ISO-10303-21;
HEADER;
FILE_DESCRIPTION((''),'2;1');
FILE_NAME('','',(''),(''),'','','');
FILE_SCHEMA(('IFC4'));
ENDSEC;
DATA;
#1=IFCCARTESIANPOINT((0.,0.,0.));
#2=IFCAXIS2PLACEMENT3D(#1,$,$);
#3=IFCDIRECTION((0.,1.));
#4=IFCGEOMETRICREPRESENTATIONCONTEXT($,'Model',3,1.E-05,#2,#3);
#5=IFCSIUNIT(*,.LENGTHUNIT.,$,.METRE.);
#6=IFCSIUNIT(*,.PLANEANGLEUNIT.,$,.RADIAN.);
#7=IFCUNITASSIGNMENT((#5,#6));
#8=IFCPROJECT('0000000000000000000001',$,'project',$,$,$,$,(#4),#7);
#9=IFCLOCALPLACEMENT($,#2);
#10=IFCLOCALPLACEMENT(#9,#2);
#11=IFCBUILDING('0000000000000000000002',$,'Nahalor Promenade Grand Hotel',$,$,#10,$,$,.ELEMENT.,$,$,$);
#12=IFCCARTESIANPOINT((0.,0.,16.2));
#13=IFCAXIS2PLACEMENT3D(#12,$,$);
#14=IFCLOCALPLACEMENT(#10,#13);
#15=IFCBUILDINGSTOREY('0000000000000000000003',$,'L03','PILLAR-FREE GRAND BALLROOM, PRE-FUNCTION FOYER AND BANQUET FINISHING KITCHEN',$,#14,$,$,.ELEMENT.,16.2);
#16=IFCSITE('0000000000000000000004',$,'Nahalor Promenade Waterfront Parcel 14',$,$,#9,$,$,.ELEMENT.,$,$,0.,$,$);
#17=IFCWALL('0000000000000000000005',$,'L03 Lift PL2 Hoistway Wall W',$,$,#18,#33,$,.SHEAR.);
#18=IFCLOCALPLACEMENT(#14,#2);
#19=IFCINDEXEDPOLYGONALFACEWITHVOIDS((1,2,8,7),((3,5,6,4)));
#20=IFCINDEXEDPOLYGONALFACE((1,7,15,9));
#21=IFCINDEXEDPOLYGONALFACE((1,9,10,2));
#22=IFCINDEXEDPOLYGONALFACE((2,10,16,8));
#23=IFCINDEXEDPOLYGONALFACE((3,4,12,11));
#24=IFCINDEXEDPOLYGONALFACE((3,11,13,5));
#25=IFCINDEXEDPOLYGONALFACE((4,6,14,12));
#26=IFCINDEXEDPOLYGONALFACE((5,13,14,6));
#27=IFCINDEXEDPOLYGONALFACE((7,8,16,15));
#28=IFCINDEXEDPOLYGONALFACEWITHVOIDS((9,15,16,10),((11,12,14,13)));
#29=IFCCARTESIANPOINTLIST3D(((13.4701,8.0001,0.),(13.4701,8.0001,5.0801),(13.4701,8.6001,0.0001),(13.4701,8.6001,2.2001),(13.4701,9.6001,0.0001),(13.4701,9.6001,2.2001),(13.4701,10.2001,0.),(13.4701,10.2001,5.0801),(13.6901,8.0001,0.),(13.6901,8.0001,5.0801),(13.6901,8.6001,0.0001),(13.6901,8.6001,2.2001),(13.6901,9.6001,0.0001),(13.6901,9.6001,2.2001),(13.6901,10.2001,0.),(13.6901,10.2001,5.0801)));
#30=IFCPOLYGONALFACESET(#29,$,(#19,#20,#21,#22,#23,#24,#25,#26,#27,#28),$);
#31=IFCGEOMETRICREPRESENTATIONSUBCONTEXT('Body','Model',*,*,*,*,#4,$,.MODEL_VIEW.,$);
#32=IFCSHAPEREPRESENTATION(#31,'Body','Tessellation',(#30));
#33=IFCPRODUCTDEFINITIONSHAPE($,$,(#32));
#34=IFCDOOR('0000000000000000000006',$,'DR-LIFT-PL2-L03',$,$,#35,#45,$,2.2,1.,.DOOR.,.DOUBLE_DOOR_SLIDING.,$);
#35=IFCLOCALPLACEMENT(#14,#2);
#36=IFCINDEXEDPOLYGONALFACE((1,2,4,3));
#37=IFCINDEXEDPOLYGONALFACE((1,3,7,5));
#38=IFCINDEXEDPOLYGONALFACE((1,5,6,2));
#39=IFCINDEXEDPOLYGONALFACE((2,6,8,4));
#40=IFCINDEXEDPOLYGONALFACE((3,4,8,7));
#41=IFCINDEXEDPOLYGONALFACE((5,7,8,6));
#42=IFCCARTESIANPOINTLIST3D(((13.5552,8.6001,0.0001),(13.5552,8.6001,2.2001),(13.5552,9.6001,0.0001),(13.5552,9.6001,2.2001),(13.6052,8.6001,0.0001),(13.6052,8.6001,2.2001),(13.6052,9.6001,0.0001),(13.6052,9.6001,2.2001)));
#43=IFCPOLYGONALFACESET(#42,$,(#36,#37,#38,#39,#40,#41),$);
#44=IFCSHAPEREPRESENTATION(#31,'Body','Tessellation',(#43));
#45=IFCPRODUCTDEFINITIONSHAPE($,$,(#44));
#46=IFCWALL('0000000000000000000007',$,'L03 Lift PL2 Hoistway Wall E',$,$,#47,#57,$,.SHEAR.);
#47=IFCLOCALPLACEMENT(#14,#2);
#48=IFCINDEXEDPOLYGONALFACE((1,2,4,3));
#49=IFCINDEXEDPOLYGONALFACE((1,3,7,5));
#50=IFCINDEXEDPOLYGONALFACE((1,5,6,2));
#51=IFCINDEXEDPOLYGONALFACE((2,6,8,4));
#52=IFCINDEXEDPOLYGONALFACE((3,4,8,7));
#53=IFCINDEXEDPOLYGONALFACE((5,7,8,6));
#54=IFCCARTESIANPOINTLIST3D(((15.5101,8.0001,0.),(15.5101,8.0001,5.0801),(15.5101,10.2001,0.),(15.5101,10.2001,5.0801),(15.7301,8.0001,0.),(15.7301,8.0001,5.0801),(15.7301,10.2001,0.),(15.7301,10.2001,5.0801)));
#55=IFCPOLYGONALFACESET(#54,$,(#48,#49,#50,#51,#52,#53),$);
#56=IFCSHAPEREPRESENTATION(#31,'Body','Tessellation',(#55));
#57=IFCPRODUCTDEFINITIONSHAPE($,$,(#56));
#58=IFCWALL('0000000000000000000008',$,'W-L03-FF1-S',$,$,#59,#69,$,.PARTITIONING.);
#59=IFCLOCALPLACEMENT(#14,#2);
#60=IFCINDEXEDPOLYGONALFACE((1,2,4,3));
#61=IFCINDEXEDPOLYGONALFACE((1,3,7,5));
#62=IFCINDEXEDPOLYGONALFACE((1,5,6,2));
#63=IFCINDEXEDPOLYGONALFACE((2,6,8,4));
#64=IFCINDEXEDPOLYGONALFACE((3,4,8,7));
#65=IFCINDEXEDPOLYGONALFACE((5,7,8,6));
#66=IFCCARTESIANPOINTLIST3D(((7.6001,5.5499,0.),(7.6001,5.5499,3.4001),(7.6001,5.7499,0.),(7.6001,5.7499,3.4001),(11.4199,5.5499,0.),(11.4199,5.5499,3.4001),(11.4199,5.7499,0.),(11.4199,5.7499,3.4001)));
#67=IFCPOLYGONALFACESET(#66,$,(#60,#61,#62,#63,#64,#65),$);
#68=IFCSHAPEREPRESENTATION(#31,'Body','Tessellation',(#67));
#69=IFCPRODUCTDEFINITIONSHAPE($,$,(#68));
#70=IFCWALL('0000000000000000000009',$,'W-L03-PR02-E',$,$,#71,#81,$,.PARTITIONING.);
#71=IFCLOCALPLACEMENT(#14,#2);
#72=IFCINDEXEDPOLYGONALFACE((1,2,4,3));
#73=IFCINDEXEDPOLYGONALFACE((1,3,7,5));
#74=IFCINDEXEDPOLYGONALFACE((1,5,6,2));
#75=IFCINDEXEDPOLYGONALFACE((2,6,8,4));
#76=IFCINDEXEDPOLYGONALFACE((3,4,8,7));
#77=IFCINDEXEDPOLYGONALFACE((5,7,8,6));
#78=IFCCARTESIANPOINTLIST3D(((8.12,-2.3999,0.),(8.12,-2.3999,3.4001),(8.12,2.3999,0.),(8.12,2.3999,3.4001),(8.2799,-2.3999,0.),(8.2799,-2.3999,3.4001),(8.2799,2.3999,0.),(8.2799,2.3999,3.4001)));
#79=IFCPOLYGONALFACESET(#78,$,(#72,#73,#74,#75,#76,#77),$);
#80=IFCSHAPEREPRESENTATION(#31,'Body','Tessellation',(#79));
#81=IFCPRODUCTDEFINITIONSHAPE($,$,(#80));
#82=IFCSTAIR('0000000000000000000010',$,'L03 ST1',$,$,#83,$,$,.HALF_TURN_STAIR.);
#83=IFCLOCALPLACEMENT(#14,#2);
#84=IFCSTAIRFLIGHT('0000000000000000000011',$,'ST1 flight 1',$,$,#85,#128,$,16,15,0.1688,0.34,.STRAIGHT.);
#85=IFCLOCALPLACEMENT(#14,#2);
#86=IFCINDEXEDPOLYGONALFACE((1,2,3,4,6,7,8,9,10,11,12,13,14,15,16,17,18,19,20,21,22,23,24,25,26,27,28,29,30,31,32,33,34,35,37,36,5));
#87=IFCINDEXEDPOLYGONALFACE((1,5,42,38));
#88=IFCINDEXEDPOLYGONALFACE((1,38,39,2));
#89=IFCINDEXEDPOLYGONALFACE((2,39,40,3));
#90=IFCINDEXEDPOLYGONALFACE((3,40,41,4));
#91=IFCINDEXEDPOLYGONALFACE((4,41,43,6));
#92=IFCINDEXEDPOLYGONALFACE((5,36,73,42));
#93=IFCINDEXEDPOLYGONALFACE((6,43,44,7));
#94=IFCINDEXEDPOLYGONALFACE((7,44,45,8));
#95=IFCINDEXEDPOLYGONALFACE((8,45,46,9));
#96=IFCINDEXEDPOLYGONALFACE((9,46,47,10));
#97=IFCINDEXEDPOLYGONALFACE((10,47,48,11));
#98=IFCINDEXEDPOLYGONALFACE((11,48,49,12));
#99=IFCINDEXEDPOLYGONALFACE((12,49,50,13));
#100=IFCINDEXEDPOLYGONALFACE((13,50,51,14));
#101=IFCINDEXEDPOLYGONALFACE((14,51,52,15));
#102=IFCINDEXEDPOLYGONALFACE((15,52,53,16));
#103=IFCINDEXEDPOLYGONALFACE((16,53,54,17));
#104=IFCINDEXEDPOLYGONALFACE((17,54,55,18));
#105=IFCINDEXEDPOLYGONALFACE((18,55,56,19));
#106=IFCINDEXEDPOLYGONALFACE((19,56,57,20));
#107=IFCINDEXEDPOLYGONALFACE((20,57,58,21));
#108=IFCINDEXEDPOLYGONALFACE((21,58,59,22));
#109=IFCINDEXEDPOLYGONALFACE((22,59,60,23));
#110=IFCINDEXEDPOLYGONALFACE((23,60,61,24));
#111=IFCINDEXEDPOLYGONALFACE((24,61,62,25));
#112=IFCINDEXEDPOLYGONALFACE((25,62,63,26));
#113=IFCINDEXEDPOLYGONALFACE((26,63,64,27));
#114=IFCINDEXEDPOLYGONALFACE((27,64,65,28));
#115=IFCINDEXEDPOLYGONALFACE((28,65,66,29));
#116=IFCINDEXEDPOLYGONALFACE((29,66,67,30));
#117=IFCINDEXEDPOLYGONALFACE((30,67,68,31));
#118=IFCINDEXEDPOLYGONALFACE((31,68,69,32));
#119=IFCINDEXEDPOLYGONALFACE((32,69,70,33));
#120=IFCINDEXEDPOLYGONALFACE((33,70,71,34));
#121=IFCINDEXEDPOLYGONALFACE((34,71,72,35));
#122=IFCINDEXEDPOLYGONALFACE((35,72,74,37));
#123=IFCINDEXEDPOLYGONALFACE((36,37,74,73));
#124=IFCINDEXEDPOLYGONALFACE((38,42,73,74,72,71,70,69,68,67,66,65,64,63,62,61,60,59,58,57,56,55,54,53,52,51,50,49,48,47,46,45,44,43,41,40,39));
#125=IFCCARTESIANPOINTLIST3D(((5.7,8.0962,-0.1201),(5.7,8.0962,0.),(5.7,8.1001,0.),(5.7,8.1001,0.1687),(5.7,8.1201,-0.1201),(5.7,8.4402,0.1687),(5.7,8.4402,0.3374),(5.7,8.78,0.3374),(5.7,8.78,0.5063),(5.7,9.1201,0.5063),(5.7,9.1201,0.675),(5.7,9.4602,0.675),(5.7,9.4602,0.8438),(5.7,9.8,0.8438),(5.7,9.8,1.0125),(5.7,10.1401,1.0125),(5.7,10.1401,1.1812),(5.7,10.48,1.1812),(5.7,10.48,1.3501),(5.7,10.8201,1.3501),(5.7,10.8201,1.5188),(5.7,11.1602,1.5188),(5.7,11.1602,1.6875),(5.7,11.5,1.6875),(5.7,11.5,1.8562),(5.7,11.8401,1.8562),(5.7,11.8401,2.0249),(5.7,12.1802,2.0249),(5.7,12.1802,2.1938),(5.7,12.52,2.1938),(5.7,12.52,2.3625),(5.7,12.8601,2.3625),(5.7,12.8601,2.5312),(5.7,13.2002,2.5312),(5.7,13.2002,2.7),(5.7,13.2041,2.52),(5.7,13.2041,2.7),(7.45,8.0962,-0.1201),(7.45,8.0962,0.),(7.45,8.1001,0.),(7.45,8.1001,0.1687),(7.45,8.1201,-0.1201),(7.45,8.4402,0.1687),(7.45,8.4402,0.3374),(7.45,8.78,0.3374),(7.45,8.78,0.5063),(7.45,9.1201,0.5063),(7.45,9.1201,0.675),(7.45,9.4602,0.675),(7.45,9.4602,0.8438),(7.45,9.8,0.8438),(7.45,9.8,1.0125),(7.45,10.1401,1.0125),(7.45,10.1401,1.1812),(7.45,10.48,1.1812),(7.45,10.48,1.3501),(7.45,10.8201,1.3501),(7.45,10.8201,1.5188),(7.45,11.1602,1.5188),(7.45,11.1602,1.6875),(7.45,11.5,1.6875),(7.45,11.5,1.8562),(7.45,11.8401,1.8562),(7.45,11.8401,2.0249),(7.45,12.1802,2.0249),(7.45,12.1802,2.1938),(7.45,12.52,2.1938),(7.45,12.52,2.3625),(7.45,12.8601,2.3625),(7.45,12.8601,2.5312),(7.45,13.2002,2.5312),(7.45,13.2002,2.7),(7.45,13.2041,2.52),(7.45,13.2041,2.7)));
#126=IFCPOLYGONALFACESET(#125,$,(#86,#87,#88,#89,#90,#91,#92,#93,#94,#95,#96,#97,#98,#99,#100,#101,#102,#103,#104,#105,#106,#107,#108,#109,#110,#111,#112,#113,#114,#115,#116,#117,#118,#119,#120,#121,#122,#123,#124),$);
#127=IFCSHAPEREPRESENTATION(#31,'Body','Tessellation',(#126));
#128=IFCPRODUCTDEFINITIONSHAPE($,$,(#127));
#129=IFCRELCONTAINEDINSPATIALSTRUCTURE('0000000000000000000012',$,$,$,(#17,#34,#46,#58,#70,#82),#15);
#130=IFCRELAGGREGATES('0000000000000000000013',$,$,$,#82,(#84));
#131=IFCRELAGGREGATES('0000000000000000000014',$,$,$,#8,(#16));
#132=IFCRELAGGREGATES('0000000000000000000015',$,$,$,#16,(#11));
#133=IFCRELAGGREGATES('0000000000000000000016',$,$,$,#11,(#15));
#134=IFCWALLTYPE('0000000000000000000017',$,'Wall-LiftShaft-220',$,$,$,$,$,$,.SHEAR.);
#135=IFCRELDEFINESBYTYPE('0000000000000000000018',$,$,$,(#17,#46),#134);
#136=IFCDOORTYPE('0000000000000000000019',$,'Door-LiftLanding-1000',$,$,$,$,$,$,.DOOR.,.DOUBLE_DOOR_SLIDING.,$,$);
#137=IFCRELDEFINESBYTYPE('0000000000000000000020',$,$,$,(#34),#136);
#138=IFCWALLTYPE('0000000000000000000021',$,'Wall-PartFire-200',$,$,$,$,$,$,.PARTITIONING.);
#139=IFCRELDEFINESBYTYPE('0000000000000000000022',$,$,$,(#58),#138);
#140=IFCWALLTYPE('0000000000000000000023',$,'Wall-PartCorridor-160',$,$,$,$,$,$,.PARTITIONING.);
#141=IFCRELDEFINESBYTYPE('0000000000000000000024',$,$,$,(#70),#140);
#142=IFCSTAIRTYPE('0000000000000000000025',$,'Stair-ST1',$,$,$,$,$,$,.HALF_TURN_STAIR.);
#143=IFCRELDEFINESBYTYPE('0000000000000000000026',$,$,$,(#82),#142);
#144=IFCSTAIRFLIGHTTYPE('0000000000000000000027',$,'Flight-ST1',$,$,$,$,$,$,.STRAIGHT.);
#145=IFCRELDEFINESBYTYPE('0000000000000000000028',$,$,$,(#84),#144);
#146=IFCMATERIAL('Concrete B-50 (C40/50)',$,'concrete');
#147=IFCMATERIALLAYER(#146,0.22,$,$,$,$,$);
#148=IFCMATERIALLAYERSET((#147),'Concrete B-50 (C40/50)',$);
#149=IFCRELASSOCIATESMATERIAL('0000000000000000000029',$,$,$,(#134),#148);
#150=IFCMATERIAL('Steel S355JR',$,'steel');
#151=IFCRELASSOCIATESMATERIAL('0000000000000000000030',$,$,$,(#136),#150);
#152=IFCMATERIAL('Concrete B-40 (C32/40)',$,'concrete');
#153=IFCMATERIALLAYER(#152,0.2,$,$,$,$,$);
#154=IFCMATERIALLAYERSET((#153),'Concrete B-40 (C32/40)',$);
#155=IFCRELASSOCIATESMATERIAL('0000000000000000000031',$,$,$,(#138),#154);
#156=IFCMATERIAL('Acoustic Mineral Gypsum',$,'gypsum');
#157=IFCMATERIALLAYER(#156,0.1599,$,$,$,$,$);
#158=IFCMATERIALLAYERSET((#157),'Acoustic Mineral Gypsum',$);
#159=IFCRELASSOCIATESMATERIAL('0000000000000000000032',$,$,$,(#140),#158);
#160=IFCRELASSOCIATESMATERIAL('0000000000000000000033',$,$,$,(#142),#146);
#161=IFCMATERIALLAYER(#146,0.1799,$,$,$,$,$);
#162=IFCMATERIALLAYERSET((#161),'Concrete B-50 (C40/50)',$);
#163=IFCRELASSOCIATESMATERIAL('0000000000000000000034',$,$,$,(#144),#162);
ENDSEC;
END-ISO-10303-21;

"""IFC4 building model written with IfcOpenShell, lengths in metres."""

from ifc_helpers import new_model, si_unit, direction, frame, frame_2d, origin, place, context, subcontext, project, spatial, polyline, rectangle, outline, extrude, source, transform, mapped, material, layer, layer_set, type_object, element, fill, aggregate, save


model = new_model("IFC4")

# Units and contexts
model_context = context("Model", 3, precision=1e-05, world=origin(), true_north=direction((0.0, 1.0)))
body_context = subcontext(model_context, "Body", "Model", "MODEL_VIEW")
ifc_project = project(units=[si_unit("LENGTHUNIT", "METRE"), si_unit("PLANEANGLEUNIT", "RADIAN")], contexts=[model_context])

# Site, building, storey
site_placement = place(None, origin())
site = spatial("IfcSite", under=ifc_project, at=site_placement, Name="Nahalor Promenade Waterfront Parcel 14", CompositionType="ELEMENT", RefElevation=0.0)
building_placement = place(site_placement, origin())
building = spatial("IfcBuilding", under=site, at=building_placement, Name="Nahalor Promenade Grand Hotel", CompositionType="ELEMENT")
storey_placement = place(building_placement, frame((0.0, 0.0, 16.2)))
storey = spatial("IfcBuildingStorey", under=building, at=storey_placement, Name="L03", Description="PILLAR-FREE GRAND BALLROOM, PRE-FUNCTION FOYER AND BANQUET FINISHING KITCHEN", CompositionType="ELEMENT", Elevation=16.2)

# Shared definitions
ifc_material_1 = material(Name="Steel S355JR", Category="steel")

# Shared definitions
ifc_material_2 = material(Name="Concrete B-50 (C40/50)", Category="concrete")
ifc_layer_1 = layer(ifc_material_2, 0.22)
ifc_layer_set_1 = layer_set([ifc_layer_1], Name="Concrete B-50 (C40/50)")
wall_type_1 = type_object("IfcWallType", Name="Wall-LiftShaft-220", PredefinedType="SHEAR", material=ifc_layer_set_1)
door_type_1 = type_object("IfcDoorType", Name="Door-LiftLanding-1000", OperationType="DOUBLE_DOOR_SLIDING", PredefinedType="DOOR", material=ifc_material_1)
shared_shape_1 = source(origin(), body_context, "Body", "SweptSolid", [
    extrude(rectangle(XDim=1.0, YDim=2.2, at=frame_2d((0.5, 1.1001))), frame((0.0, 0.0249, 0.0), z_axis=(0.0, -1.0, 0.0), x_axis=(1.0, 0.0, 0.0)), (0.0, 0.0, 1.0), 0.05),
])

# Wall, opening, door
shared_shape_2 = source(origin(), body_context, "Body", "SweptSolid", [
    extrude(rectangle(XDim=2.2, YDim=0.22, at=frame_2d((1.1001, 0.0))), origin(), (0.0, 0.0, 1.0), 5.0801),
])
wall_1_placement = place(storey_placement, frame((13.5801, 8.0, 0.0), z_axis=(0.0, 0.0, 1.0), x_axis=(0.0, 1.0, 0.0)))
wall_1 = element("IfcWall", 1, at=wall_1_placement, inside=storey, type_object=wall_type_1, Name="L03 Lift PL2 Hoistway Wall W", PredefinedType="SHEAR", context=body_context, shape_type="MappedRepresentation", body=[
    mapped(shared_shape_2, transform((0.0, 0.0, 0.0), scale=1.0)),
])
opening_1_placement = place(wall_1_placement, frame((0.6001, 0.0, 0.0)))
opening_1 = element("IfcOpeningElement", 2, at=opening_1_placement, cuts=wall_1, PredefinedType="OPENING", context=body_context, shape_type="SweptSolid", body=[
    extrude(rectangle(XDim=1.0, YDim=2.2, at=frame_2d((0.5, 1.1001))), frame((0.0, 0.1199, 0.0), z_axis=(0.0, -1.0, 0.0), x_axis=(1.0, 0.0, 0.0)), (0.0, 0.0, 1.0), 0.24),
])
door_1_placement = place(opening_1_placement, origin())
door_1 = element("IfcDoor", 3, at=door_1_placement, inside=storey, type_object=door_type_1, Name="DR-LIFT-PL2-L03", OperationType="DOUBLE_DOOR_SLIDING", OverallHeight=2.2, OverallWidth=1.0, PredefinedType="DOOR", context=body_context, shape_type="MappedRepresentation", body=[
    mapped(shared_shape_1, transform((0.0, 0.0, 0.0), scale=1.0)),
])
fill(opening_1, door_1)

# Walls
wall_2_placement = place(storey_placement, frame((15.6201, 8.0, 0.0), z_axis=(0.0, 0.0, 1.0), x_axis=(0.0, 1.0, 0.0)))
element("IfcWall", 4, at=wall_2_placement, inside=storey, type_object=wall_type_1, Name="L03 Lift PL2 Hoistway Wall E", PredefinedType="SHEAR", context=body_context, shape_type="MappedRepresentation", body=[
    mapped(shared_shape_2, transform((0.0, 0.0, 0.0), scale=1.0)),
])
ifc_material_3 = material(Name="Concrete B-40 (C32/40)", Category="concrete")
ifc_layer_2 = layer(ifc_material_3, 0.2)
ifc_layer_set_2 = layer_set([ifc_layer_2], Name="Concrete B-40 (C32/40)")
wall_type_2 = type_object("IfcWallType", Name="Wall-PartFire-200", PredefinedType="PARTITIONING", material=ifc_layer_set_2)
shared_shape_3 = source(origin(), body_context, "Body", "SweptSolid", [
    extrude(rectangle(XDim=3.8198, YDim=0.2, at=frame_2d((1.9099, 0.0))), origin(), (0.0, 0.0, 1.0), 3.4001),
])
wall_3_placement = place(storey_placement, frame((7.6001, 5.6499, 0.0), z_axis=(0.0, 0.0, 1.0), x_axis=(1.0, 0.0, 0.0)))
element("IfcWall", 5, at=wall_3_placement, inside=storey, type_object=wall_type_2, Name="W-L03-FF1-S", PredefinedType="PARTITIONING", context=body_context, shape_type="MappedRepresentation", body=[
    mapped(shared_shape_3, transform((0.0, 0.0, 0.0), scale=1.0)),
])

# Wall
ifc_material_4 = material(Name="Acoustic Mineral Gypsum", Category="gypsum")
ifc_layer_3 = layer(ifc_material_4, 0.1599)
ifc_layer_set_3 = layer_set([ifc_layer_3], Name="Acoustic Mineral Gypsum")
wall_type_3 = type_object("IfcWallType", Name="Wall-PartCorridor-160", PredefinedType="PARTITIONING", material=ifc_layer_set_3)
shared_shape_4 = source(origin(), body_context, "Body", "SweptSolid", [
    extrude(rectangle(XDim=4.7998, YDim=0.1599, at=frame_2d((2.3999, 0.0))), origin(), (0.0, 0.0, 1.0), 3.4001),
])
wall_4_placement = place(storey_placement, frame((8.2, -2.3999, 0.0), z_axis=(0.0, 0.0, 1.0), x_axis=(0.0, 1.0, 0.0)))
element("IfcWall", 6, at=wall_4_placement, inside=storey, type_object=wall_type_3, Name="W-L03-PR02-E", PredefinedType="PARTITIONING", context=body_context, shape_type="MappedRepresentation", body=[
    mapped(shared_shape_4, transform((0.0, 0.0, 0.0), scale=1.0)),
])

# Stair, stair flight
stair_type = type_object("IfcStairType", Name="Stair-ST1", PredefinedType="HALF_TURN_STAIR", material=ifc_material_2)
stair_placement = place(storey_placement, origin())
stair = element("IfcStair", 7, at=stair_placement, inside=storey, type_object=stair_type, Name="L03 ST1", PredefinedType="HALF_TURN_STAIR")
ifc_layer_4 = layer(ifc_material_2, 0.1799)
ifc_layer_set_4 = layer_set([ifc_layer_4], Name="Concrete B-50 (C40/50)")
stair_flight_type = type_object("IfcStairFlightType", Name="Flight-ST1", PredefinedType="STRAIGHT", material=ifc_layer_set_4)
shared_shape_5 = source(origin(), body_context, "Body", "SweptSolid", [
    extrude(outline(polyline([(-0.0039, -0.1201), (-0.0039, 0.0), (0.0, 0.0), (0.0, 0.1687), (0.3401, 0.1687), (0.3401, 0.3374), (0.6799, 0.3374), (0.6799, 0.5063), (1.02, 0.5063), (1.02, 0.675), (1.3601, 0.675), (1.3601, 0.8438), (1.7, 0.8438), (1.7, 1.0125), (2.04, 1.0125), (2.04, 1.1812), (2.3799, 1.1812), (2.3799, 1.3501), (2.72, 1.3501), (2.72, 1.5188), (3.0601, 1.5188), (3.0601, 1.6875), (3.3999, 1.6875), (3.3999, 1.8562), (3.74, 1.8562), (3.74, 2.0249), (4.0801, 2.0249), (4.0801, 2.1938), (4.4199, 2.1938), (4.4199, 2.3625), (4.76, 2.3625), (4.76, 2.5312), (5.1001, 2.5312), (5.1001, 2.7), (5.104, 2.7), (5.104, 2.52), (0.02, -0.1201), (-0.0039, -0.1201)])), frame((0.0, 0.875, 0.0), z_axis=(0.0, -1.0, 0.0), x_axis=(1.0, 0.0, 0.0)), (0.0, 0.0, 1.0), 1.75),
])
stair_flight_placement = place(storey_placement, frame((6.575, 8.1001, 0.0), z_axis=(0.0, 0.0, 1.0), x_axis=(0.0, 1.0, 0.0)))
stair_flight = element("IfcStairFlight", 8, at=stair_flight_placement, type_object=stair_flight_type, Name="ST1 flight 1", NumberOfRisers=16, NumberOfTreads=15, PredefinedType="STRAIGHT", RiserHeight=0.1688, TreadLength=0.34, context=body_context, shape_type="MappedRepresentation", body=[
    mapped(shared_shape_5, transform((0.0, 0.0, 0.0), scale=1.0)),
])
aggregate(stair, [stair_flight])

save(model, "model.ifc")
